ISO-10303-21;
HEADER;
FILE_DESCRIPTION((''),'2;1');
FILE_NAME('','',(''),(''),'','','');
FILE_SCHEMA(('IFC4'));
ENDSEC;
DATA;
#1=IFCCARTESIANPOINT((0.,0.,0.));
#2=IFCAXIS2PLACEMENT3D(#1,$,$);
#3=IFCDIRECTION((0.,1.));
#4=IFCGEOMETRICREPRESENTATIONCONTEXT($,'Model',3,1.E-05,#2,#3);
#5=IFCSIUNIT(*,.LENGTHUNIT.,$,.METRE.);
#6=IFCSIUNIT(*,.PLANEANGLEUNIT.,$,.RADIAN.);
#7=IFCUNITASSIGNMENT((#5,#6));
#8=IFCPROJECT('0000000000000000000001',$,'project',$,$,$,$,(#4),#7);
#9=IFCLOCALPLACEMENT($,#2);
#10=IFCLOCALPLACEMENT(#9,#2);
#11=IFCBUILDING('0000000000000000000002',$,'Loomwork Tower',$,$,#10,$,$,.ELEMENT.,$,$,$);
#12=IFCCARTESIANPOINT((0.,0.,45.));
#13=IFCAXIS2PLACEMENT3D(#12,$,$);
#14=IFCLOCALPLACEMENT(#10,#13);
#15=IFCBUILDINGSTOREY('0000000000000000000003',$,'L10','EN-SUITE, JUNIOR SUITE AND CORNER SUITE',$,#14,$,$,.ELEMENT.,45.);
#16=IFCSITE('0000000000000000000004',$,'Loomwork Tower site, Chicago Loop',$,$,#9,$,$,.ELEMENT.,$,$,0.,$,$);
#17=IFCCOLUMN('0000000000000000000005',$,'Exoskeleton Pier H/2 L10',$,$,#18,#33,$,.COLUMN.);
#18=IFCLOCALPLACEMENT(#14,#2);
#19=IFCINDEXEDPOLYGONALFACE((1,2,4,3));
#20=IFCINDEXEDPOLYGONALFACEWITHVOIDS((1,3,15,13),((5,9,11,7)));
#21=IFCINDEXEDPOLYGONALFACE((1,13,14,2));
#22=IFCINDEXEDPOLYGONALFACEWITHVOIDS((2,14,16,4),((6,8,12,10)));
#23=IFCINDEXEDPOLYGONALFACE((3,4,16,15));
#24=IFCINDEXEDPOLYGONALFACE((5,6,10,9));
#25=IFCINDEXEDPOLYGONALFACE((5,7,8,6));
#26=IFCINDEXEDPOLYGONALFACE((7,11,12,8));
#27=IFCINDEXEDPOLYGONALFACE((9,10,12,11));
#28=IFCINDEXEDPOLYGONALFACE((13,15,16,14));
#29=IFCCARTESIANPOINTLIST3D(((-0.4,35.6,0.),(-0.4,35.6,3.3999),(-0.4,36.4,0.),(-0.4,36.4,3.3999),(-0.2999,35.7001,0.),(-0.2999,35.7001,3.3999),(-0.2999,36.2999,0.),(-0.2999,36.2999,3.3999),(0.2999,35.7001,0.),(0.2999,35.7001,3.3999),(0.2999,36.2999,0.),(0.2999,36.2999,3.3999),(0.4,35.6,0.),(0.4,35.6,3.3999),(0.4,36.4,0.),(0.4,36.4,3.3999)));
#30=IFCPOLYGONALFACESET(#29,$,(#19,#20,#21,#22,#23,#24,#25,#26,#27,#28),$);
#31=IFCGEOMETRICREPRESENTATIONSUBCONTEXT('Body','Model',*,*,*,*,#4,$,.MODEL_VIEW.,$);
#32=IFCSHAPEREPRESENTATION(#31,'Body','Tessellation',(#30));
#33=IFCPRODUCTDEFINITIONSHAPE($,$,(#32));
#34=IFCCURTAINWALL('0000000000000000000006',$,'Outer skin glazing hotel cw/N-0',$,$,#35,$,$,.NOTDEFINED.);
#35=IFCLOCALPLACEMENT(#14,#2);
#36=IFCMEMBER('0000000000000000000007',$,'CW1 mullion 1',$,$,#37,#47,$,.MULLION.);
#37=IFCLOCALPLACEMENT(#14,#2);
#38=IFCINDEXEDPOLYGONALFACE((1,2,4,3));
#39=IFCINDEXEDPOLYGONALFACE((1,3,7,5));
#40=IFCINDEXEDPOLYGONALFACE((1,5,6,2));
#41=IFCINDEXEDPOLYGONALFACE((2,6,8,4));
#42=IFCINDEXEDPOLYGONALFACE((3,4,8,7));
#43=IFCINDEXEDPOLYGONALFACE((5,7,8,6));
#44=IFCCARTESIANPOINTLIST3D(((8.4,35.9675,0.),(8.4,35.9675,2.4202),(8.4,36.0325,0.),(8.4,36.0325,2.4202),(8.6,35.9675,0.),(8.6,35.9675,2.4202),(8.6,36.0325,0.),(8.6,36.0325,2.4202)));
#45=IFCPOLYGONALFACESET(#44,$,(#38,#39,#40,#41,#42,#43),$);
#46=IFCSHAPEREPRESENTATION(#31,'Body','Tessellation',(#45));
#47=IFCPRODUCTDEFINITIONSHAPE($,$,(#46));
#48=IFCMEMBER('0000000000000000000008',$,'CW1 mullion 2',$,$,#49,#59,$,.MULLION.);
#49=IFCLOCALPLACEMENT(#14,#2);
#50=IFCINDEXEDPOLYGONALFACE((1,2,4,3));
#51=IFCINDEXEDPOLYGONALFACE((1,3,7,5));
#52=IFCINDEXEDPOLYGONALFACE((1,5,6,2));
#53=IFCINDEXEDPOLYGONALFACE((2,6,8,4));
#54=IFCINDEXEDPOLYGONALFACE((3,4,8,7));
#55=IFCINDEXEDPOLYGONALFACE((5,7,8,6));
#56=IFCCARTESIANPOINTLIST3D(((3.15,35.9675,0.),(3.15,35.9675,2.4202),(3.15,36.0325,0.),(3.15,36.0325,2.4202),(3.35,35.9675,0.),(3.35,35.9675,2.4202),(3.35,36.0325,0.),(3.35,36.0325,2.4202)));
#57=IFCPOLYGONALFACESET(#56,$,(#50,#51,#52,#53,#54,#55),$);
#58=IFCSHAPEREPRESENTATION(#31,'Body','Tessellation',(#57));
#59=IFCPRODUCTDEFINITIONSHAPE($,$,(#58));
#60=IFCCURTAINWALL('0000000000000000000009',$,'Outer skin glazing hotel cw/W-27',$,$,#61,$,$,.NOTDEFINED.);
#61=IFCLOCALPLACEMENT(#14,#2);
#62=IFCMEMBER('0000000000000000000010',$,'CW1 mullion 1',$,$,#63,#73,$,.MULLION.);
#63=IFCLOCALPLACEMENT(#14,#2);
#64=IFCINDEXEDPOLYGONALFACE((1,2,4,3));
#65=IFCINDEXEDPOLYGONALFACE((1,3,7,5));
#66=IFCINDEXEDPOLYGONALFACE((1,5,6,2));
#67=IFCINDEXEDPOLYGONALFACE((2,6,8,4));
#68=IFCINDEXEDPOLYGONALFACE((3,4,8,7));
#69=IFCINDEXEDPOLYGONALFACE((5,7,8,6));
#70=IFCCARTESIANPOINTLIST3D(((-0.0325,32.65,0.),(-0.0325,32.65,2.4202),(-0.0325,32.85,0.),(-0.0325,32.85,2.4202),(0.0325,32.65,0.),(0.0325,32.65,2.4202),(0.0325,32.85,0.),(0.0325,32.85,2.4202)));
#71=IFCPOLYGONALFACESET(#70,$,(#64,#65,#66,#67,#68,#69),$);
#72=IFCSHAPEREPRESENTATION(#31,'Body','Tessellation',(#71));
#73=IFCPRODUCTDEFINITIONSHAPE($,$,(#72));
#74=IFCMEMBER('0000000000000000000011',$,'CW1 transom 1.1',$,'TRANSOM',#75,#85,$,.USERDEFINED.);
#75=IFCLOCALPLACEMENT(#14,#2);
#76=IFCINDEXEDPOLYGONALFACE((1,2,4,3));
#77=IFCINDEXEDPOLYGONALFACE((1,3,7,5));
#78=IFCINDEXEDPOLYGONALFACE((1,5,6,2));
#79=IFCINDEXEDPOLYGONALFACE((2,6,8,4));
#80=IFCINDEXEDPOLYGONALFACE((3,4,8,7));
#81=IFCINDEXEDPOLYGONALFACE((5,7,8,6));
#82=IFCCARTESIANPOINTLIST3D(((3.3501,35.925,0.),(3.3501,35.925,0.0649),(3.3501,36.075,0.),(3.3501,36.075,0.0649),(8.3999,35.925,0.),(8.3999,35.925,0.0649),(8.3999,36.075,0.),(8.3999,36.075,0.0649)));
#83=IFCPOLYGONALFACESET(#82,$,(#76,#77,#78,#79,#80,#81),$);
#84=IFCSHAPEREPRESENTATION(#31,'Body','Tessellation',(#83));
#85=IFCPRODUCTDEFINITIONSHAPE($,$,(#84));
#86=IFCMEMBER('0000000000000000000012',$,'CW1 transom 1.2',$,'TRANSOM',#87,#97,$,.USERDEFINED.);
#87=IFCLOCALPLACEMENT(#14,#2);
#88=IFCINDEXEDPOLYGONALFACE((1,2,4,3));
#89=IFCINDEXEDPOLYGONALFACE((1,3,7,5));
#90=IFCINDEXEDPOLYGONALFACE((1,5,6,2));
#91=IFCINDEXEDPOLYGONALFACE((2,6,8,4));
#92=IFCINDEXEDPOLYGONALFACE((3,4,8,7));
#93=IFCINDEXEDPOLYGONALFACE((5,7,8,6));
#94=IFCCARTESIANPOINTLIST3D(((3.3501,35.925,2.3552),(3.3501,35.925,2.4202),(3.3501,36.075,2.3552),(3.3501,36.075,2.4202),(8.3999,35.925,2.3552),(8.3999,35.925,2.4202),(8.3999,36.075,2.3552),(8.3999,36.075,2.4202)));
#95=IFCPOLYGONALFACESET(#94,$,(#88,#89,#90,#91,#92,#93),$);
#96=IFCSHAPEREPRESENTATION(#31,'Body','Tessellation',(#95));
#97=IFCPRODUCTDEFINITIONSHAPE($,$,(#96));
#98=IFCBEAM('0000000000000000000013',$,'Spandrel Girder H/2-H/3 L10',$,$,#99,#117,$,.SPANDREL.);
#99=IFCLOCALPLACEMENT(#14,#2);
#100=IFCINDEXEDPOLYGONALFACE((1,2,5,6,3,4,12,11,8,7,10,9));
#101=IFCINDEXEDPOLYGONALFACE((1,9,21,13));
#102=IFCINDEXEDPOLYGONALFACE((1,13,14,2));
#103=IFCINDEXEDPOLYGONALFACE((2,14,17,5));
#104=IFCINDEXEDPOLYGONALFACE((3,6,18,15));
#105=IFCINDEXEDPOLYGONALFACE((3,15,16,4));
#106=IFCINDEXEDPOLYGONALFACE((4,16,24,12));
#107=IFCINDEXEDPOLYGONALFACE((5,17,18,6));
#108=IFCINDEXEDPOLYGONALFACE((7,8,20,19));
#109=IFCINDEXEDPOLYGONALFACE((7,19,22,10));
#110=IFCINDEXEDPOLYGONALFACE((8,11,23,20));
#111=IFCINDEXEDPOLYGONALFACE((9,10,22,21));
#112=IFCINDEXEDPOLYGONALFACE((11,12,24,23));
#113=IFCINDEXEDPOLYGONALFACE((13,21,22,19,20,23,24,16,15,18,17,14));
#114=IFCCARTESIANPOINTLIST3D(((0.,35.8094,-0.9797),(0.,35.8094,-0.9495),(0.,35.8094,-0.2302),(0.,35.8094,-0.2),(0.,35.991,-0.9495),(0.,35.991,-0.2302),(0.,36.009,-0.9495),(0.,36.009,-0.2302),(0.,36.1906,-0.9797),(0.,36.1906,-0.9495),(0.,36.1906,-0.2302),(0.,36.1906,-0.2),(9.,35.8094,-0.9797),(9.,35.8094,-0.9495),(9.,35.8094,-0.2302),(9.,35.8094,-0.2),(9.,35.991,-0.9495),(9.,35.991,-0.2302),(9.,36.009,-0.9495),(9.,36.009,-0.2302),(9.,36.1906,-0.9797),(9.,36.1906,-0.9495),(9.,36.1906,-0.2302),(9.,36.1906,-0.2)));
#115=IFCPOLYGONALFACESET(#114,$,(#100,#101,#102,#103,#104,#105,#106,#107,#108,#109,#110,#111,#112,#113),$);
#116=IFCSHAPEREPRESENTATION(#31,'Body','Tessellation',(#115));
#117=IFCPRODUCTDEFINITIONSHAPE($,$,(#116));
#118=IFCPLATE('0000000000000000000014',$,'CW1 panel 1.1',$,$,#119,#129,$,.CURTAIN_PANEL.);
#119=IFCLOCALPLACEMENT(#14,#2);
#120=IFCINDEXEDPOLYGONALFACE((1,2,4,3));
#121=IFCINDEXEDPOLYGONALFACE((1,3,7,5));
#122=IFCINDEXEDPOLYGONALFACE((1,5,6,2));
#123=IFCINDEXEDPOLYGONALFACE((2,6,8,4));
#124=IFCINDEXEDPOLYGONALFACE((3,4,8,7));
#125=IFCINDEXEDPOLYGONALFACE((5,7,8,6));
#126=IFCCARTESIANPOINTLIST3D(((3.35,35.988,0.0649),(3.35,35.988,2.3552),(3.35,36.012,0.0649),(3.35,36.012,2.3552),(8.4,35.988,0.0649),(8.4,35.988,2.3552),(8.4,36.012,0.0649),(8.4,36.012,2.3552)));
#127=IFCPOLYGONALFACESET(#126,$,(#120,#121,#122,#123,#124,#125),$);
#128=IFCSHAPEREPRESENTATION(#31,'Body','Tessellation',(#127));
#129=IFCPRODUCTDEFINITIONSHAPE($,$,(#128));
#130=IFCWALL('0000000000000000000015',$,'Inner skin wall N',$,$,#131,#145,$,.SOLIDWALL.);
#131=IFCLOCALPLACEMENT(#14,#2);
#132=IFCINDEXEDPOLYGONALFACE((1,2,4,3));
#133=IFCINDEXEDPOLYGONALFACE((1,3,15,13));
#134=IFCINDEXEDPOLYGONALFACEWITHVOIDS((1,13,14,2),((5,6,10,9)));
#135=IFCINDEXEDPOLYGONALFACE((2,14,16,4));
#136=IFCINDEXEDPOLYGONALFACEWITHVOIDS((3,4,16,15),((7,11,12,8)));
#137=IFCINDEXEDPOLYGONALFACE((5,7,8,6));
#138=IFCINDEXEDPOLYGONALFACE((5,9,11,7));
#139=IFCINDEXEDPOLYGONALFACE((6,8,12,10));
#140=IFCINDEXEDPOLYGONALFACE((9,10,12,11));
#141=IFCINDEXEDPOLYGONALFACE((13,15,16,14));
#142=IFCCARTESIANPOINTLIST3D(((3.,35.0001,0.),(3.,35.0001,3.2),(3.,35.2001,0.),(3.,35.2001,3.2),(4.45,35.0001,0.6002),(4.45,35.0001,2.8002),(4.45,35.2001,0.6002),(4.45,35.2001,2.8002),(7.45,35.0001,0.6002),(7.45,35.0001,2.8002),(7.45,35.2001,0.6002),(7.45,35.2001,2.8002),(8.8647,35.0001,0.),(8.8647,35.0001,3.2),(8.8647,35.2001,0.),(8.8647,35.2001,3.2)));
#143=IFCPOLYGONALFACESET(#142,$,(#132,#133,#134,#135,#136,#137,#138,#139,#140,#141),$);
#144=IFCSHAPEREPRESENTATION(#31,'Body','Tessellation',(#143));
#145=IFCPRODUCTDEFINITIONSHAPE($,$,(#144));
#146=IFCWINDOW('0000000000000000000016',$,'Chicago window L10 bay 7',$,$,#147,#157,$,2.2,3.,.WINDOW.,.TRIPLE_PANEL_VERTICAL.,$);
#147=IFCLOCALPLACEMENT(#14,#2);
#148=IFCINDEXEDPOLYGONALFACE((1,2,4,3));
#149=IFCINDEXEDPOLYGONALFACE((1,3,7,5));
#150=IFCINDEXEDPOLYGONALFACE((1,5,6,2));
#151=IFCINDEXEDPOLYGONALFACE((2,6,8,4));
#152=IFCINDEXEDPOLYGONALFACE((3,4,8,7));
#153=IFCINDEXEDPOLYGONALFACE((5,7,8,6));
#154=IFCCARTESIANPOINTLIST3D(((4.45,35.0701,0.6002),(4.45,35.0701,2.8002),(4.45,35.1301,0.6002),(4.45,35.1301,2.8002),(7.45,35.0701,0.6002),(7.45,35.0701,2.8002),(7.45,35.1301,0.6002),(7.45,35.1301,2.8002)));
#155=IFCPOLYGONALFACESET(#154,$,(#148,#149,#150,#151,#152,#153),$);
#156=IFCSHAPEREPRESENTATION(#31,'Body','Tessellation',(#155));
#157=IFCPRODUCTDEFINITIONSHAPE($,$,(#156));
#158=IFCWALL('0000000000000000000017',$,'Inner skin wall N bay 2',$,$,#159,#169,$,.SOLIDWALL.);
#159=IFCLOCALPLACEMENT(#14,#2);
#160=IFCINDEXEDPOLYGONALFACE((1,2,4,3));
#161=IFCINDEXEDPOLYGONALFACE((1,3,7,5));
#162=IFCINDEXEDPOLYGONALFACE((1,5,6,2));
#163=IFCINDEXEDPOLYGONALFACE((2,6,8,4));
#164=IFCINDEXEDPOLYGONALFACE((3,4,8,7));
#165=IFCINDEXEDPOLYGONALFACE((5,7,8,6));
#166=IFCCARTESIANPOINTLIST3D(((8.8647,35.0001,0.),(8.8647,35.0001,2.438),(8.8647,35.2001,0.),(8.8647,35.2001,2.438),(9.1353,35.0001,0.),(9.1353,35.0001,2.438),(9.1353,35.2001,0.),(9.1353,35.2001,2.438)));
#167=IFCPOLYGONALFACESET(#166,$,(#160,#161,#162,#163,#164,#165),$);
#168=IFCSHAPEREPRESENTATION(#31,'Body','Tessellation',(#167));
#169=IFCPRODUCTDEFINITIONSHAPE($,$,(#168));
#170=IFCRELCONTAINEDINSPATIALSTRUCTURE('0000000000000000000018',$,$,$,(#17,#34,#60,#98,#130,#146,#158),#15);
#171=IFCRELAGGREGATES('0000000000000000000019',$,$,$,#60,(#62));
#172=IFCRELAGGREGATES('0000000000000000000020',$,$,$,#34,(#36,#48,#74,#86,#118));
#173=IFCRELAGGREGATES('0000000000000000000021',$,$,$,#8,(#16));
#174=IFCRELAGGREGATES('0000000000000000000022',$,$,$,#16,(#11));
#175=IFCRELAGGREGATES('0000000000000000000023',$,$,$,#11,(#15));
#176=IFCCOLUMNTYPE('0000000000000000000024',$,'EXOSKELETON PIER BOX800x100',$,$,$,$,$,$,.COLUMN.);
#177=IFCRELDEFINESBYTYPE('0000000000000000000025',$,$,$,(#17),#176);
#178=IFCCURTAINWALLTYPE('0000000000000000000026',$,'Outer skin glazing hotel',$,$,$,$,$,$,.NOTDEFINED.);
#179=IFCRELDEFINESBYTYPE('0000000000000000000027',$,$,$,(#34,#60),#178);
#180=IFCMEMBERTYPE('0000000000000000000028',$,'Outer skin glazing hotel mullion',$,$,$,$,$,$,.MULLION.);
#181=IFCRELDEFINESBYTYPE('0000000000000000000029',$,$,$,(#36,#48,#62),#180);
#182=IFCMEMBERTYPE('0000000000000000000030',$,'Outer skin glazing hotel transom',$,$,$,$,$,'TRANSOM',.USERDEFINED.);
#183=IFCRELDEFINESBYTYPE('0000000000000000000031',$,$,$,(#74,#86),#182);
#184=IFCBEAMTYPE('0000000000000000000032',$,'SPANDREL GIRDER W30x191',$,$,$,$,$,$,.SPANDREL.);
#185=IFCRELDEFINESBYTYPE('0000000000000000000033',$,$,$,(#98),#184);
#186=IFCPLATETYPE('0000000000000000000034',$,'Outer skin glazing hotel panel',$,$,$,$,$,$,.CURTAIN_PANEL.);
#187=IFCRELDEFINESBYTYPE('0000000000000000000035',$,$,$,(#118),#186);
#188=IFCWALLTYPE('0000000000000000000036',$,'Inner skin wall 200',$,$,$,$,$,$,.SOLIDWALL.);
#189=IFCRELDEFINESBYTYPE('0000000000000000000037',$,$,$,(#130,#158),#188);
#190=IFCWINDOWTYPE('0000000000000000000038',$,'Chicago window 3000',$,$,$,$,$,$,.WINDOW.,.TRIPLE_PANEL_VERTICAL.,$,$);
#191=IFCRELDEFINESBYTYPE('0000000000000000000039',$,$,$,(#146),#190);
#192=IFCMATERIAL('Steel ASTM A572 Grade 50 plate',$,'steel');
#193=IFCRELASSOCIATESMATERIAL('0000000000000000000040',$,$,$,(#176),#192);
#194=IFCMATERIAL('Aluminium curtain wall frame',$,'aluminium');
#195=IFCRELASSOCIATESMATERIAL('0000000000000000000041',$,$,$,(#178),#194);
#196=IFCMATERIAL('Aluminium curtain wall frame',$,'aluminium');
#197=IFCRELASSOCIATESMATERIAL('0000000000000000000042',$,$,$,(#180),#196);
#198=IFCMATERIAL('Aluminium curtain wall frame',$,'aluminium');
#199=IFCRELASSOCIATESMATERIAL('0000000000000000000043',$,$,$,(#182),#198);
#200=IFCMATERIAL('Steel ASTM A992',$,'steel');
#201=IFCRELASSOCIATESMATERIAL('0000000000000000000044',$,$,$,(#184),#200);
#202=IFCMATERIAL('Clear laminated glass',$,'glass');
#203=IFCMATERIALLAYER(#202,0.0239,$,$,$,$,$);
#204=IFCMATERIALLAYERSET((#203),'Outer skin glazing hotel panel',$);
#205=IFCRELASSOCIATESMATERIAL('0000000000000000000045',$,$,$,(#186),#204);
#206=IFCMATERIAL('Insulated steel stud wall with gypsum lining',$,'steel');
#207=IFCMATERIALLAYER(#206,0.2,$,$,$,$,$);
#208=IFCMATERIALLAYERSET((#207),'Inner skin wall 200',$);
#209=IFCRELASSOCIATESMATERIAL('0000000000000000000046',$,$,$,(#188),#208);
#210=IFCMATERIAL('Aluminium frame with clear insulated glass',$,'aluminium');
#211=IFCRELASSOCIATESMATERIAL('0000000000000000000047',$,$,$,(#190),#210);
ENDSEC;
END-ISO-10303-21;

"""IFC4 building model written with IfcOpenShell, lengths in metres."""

from ifc_helpers import new_model, si_unit, direction, frame, frame_2d, origin, origin_2d, place, context, subcontext, project, spatial, rectangle, hollow_rectangle, i_section, extrude, material, layer, layer_set, material_profile, profile_set, type_object, element, fill, aggregate, save


model = new_model("IFC4")

# Units and contexts
model_context = context("Model", 3, precision=1e-05, world=origin(), true_north=direction((0.0, 1.0)))
body_context = subcontext(model_context, "Body", "Model", "MODEL_VIEW")
ifc_project = project(units=[si_unit("LENGTHUNIT", "METRE"), si_unit("PLANEANGLEUNIT", "RADIAN")], contexts=[model_context])

# Site, building, storey
site_placement = place(None, origin())
site = spatial("IfcSite", under=ifc_project, at=site_placement, Name="Loomwork Tower site, Chicago Loop", CompositionType="ELEMENT", RefElevation=0.0)
building_placement = place(site_placement, origin())
building = spatial("IfcBuilding", under=site, at=building_placement, Name="Loomwork Tower", CompositionType="ELEMENT")
storey_placement = place(building_placement, frame((0.0, 0.0, 45.0)))
storey = spatial("IfcBuildingStorey", under=building, at=storey_placement, Name="L10", Description="EN-SUITE, JUNIOR SUITE AND CORNER SUITE", CompositionType="ELEMENT", Elevation=45.0)

# Column
ifc_material_1 = material(Name="Steel ASTM A572 Grade 50 plate", Category="steel")
ifc_material_profile_1 = material_profile(ifc_material_1, hollow_rectangle(XDim=0.8, YDim=0.8, WallThickness=0.1001, at=origin_2d()), Name="BOX800x100")
ifc_profile_set_1 = profile_set([ifc_material_profile_1], Name="Steel ASTM A572 Grade 50 plate")
column_type = type_object("IfcColumnType", Name="EXOSKELETON PIER BOX800x100", PredefinedType="COLUMN", material=ifc_profile_set_1)
column_placement = place(storey_placement, frame((0.0, 36.0, 0.0), z_axis=(0.0, 0.0, 1.0), x_axis=(1.0, 0.0, 0.0)))
element("IfcColumn", 1, at=column_placement, inside=storey, type_object=column_type, Name="Exoskeleton Pier H/2 L10", PredefinedType="COLUMN", context=body_context, shape_type="SweptSolid", body=[
    extrude(hollow_rectangle(XDim=0.8, YDim=0.8, WallThickness=0.1001, at=origin_2d()), origin(), (0.0, 0.0, 1.0), 3.3999),
])

# Curtain wall, members
ifc_material_2 = material(Name="Aluminium curtain wall frame", Category="aluminium")
curtain_wall_type = type_object("IfcCurtainWallType", Name="Outer skin glazing hotel", PredefinedType="NOTDEFINED", material=ifc_material_2)
curtain_wall_1_placement = place(storey_placement, origin())
curtain_wall_1 = element("IfcCurtainWall", 2, at=curtain_wall_1_placement, inside=storey, type_object=curtain_wall_type, Name="Outer skin glazing hotel cw/N-0", PredefinedType="NOTDEFINED")
ifc_material_3 = material(Name="Aluminium curtain wall frame", Category="aluminium")
ifc_material_profile_2 = material_profile(ifc_material_3, rectangle(XDim=0.0649, YDim=0.2, at=origin_2d()), Name="AL 65x200")
ifc_profile_set_2 = profile_set([ifc_material_profile_2], Name="Aluminium curtain wall frame")
member_type_1 = type_object("IfcMemberType", Name="Outer skin glazing hotel mullion", PredefinedType="MULLION", material=ifc_profile_set_2)
member_1_placement = place(storey_placement, frame((8.5, 36.0, 0.0), z_axis=(0.0, 0.0, 1.0), x_axis=(0.0, -1.0, 0.0)))
member_1 = element("IfcMember", 3, at=member_1_placement, type_object=member_type_1, Name="CW1 mullion 1", PredefinedType="MULLION", context=body_context, shape_type="SweptSolid", body=[
    extrude(rectangle(XDim=0.0649, YDim=0.2, at=origin_2d()), origin(), (0.0, 0.0, 1.0), 2.4202),
])
member_2_placement = place(storey_placement, frame((3.25, 36.0, 0.0), z_axis=(0.0, 0.0, 1.0), x_axis=(0.0, -1.0, 0.0)))
member_2 = element("IfcMember", 4, at=member_2_placement, type_object=member_type_1, Name="CW1 mullion 2", PredefinedType="MULLION", context=body_context, shape_type="SweptSolid", body=[
    extrude(rectangle(XDim=0.0649, YDim=0.2, at=origin_2d()), origin(), (0.0, 0.0, 1.0), 2.4202),
])

# Curtain wall, member
curtain_wall_2_placement = place(storey_placement, origin())
curtain_wall_2 = element("IfcCurtainWall", 5, at=curtain_wall_2_placement, inside=storey, type_object=curtain_wall_type, Name="Outer skin glazing hotel cw/W-27", PredefinedType="NOTDEFINED")
member_3_placement = place(storey_placement, frame((0.0, 32.75, 0.0), z_axis=(0.0, 0.0, 1.0), x_axis=(1.0, 0.0, 0.0)))
member_3 = element("IfcMember", 6, at=member_3_placement, type_object=member_type_1, Name="CW1 mullion 1", PredefinedType="MULLION", context=body_context, shape_type="SweptSolid", body=[
    extrude(rectangle(XDim=0.0649, YDim=0.2, at=origin_2d()), origin(), (0.0, 0.0, 1.0), 2.4202),
])
aggregate(curtain_wall_2, [member_3])

# Members
ifc_material_4 = material(Name="Aluminium curtain wall frame", Category="aluminium")
ifc_material_profile_3 = material_profile(ifc_material_4, rectangle(XDim=0.1499, YDim=0.0649, at=origin_2d()), Name="AL 65x150")
ifc_profile_set_3 = profile_set([ifc_material_profile_3], Name="Aluminium curtain wall frame")
member_type_2 = type_object("IfcMemberType", Name="Outer skin glazing hotel transom", ElementType="TRANSOM", PredefinedType="USERDEFINED", material=ifc_profile_set_3)
member_4_placement = place(storey_placement, frame((8.3999, 36.0, 0.0325), z_axis=(-1.0, 0.0, 0.0), x_axis=(0.0, -1.0, 0.0)))
member_4 = element("IfcMember", 7, at=member_4_placement, type_object=member_type_2, Name="CW1 transom 1.1", ObjectType="TRANSOM", PredefinedType="USERDEFINED", context=body_context, shape_type="SweptSolid", body=[
    extrude(rectangle(XDim=0.1499, YDim=0.0649, at=origin_2d()), origin(), (0.0, 0.0, 1.0), 5.0498),
])
member_5_placement = place(storey_placement, frame((8.3999, 36.0, 2.3877), z_axis=(-1.0, 0.0, 0.0), x_axis=(0.0, -1.0, 0.0)))
member_5 = element("IfcMember", 8, at=member_5_placement, type_object=member_type_2, Name="CW1 transom 1.2", ObjectType="TRANSOM", PredefinedType="USERDEFINED", context=body_context, shape_type="SweptSolid", body=[
    extrude(rectangle(XDim=0.1499, YDim=0.0649, at=origin_2d()), origin(), (0.0, 0.0, 1.0), 5.0498),
])

# Beam
ifc_material_5 = material(Name="Steel ASTM A992", Category="steel")
ifc_material_profile_4 = material_profile(ifc_material_5, i_section(OverallWidth=0.3811, OverallDepth=0.7798, WebThickness=0.0181, FlangeThickness=0.0303, at=origin_2d()), Name="W30x191")
ifc_profile_set_4 = profile_set([ifc_material_profile_4], Name="Steel ASTM A992")
beam_type = type_object("IfcBeamType", Name="SPANDREL GIRDER W30x191", PredefinedType="SPANDREL", material=ifc_profile_set_4)
beam_placement = place(storey_placement, frame((0.0, 36.0, -0.5898), z_axis=(1.0, 0.0, 0.0), x_axis=(0.0, 1.0, 0.0)))
element("IfcBeam", 9, at=beam_placement, inside=storey, type_object=beam_type, Name="Spandrel Girder H/2-H/3 L10", PredefinedType="SPANDREL", context=body_context, shape_type="SweptSolid", body=[
    extrude(i_section(OverallWidth=0.3811, OverallDepth=0.7798, WebThickness=0.0181, FlangeThickness=0.0303, at=origin_2d()), origin(), (0.0, 0.0, 1.0), 9.0),
])

# Plate
ifc_material_6 = material(Name="Clear laminated glass", Category="glass")
ifc_layer_1 = layer(ifc_material_6, 0.0239)
ifc_layer_set_1 = layer_set([ifc_layer_1], Name="Outer skin glazing hotel panel")
plate_type = type_object("IfcPlateType", Name="Outer skin glazing hotel panel", PredefinedType="CURTAIN_PANEL", material=ifc_layer_set_1)
plate_placement = place(storey_placement, frame((5.875, 36.0, 0.0649), z_axis=(0.0, 0.0, 1.0), x_axis=(-1.0, 0.0, 0.0)))
plate = element("IfcPlate", 10, at=plate_placement, type_object=plate_type, Name="CW1 panel 1.1", PredefinedType="CURTAIN_PANEL", context=body_context, shape_type="SweptSolid", body=[
    extrude(rectangle(XDim=5.05, YDim=0.0239, at=origin_2d()), origin(), (0.0, 0.0, 1.0), 2.2903),
])
aggregate(curtain_wall_1, [member_1, member_2, member_4, member_5, plate])

# Wall, opening, window
ifc_material_7 = material(Name="Insulated steel stud wall with gypsum lining", Category="steel")
ifc_layer_2 = layer(ifc_material_7, 0.2)
ifc_layer_set_2 = layer_set([ifc_layer_2], Name="Inner skin wall 200")
wall_type_1 = type_object("IfcWallType", Name="Inner skin wall 200", PredefinedType="SOLIDWALL", material=ifc_layer_set_2)
wall_1_placement = place(storey_placement, frame((3.0, 35.1001, 0.0), z_axis=(0.0, 0.0, 1.0), x_axis=(1.0, 0.0, 0.0)))
wall_1 = element("IfcWall", 11, at=wall_1_placement, inside=storey, type_object=wall_type_1, Name="Inner skin wall N", PredefinedType="SOLIDWALL", context=body_context, shape_type="SweptSolid", body=[
    extrude(rectangle(XDim=5.8647, YDim=0.2, at=frame_2d((2.9324, 0.0))), origin(), (0.0, 0.0, 1.0), 3.2),
])
opening_1_placement = place(wall_1_placement, frame((1.45, 0.0, 0.6001)))
opening_1 = element("IfcOpeningElement", 12, at=opening_1_placement, cuts=wall_1, PredefinedType="OPENING", context=body_context, shape_type="SweptSolid", body=[
    extrude(rectangle(XDim=3.0, YDim=2.2, at=frame_2d((1.5, 1.1001))), frame((0.0, 0.1099, 0.0), z_axis=(0.0, -1.0, 0.0), x_axis=(1.0, 0.0, 0.0)), (0.0, 0.0, 1.0), 0.22),
])
ifc_material_8 = material(Name="Aluminium frame with clear insulated glass", Category="aluminium")
window_type_1 = type_object("IfcWindowType", Name="Chicago window 3000", PartitioningType="TRIPLE_PANEL_VERTICAL", PredefinedType="WINDOW", material=ifc_material_8)
window_1_placement = place(opening_1_placement, origin())
window_1 = element("IfcWindow", 13, at=window_1_placement, inside=storey, type_object=window_type_1, Name="Chicago window L10 bay 7", OverallHeight=2.2, OverallWidth=3.0, PartitioningType="TRIPLE_PANEL_VERTICAL", PredefinedType="WINDOW", context=body_context, shape_type="SweptSolid", body=[
    extrude(rectangle(XDim=3.0, YDim=2.2, at=frame_2d((1.5, 1.1001))), frame((0.0, 0.03, 0.0), z_axis=(0.0, -1.0, 0.0), x_axis=(1.0, 0.0, 0.0)), (0.0, 0.0, 1.0), 0.0601),
])
fill(opening_1, window_1)

# Wall
wall_2_placement = place(storey_placement, frame((8.8647, 35.1001, 0.0), z_axis=(0.0, 0.0, 1.0), x_axis=(1.0, 0.0, 0.0)))
element("IfcWall", 14, at=wall_2_placement, inside=storey, type_object=wall_type_1, Name="Inner skin wall N bay 2", PredefinedType="SOLIDWALL", context=body_context, shape_type="SweptSolid", body=[
    extrude(rectangle(XDim=0.2705, YDim=0.2, at=frame_2d((0.1353, 0.0))), origin(), (0.0, 0.0, 1.0), 2.438),
])

save(model, "model.ifc")
